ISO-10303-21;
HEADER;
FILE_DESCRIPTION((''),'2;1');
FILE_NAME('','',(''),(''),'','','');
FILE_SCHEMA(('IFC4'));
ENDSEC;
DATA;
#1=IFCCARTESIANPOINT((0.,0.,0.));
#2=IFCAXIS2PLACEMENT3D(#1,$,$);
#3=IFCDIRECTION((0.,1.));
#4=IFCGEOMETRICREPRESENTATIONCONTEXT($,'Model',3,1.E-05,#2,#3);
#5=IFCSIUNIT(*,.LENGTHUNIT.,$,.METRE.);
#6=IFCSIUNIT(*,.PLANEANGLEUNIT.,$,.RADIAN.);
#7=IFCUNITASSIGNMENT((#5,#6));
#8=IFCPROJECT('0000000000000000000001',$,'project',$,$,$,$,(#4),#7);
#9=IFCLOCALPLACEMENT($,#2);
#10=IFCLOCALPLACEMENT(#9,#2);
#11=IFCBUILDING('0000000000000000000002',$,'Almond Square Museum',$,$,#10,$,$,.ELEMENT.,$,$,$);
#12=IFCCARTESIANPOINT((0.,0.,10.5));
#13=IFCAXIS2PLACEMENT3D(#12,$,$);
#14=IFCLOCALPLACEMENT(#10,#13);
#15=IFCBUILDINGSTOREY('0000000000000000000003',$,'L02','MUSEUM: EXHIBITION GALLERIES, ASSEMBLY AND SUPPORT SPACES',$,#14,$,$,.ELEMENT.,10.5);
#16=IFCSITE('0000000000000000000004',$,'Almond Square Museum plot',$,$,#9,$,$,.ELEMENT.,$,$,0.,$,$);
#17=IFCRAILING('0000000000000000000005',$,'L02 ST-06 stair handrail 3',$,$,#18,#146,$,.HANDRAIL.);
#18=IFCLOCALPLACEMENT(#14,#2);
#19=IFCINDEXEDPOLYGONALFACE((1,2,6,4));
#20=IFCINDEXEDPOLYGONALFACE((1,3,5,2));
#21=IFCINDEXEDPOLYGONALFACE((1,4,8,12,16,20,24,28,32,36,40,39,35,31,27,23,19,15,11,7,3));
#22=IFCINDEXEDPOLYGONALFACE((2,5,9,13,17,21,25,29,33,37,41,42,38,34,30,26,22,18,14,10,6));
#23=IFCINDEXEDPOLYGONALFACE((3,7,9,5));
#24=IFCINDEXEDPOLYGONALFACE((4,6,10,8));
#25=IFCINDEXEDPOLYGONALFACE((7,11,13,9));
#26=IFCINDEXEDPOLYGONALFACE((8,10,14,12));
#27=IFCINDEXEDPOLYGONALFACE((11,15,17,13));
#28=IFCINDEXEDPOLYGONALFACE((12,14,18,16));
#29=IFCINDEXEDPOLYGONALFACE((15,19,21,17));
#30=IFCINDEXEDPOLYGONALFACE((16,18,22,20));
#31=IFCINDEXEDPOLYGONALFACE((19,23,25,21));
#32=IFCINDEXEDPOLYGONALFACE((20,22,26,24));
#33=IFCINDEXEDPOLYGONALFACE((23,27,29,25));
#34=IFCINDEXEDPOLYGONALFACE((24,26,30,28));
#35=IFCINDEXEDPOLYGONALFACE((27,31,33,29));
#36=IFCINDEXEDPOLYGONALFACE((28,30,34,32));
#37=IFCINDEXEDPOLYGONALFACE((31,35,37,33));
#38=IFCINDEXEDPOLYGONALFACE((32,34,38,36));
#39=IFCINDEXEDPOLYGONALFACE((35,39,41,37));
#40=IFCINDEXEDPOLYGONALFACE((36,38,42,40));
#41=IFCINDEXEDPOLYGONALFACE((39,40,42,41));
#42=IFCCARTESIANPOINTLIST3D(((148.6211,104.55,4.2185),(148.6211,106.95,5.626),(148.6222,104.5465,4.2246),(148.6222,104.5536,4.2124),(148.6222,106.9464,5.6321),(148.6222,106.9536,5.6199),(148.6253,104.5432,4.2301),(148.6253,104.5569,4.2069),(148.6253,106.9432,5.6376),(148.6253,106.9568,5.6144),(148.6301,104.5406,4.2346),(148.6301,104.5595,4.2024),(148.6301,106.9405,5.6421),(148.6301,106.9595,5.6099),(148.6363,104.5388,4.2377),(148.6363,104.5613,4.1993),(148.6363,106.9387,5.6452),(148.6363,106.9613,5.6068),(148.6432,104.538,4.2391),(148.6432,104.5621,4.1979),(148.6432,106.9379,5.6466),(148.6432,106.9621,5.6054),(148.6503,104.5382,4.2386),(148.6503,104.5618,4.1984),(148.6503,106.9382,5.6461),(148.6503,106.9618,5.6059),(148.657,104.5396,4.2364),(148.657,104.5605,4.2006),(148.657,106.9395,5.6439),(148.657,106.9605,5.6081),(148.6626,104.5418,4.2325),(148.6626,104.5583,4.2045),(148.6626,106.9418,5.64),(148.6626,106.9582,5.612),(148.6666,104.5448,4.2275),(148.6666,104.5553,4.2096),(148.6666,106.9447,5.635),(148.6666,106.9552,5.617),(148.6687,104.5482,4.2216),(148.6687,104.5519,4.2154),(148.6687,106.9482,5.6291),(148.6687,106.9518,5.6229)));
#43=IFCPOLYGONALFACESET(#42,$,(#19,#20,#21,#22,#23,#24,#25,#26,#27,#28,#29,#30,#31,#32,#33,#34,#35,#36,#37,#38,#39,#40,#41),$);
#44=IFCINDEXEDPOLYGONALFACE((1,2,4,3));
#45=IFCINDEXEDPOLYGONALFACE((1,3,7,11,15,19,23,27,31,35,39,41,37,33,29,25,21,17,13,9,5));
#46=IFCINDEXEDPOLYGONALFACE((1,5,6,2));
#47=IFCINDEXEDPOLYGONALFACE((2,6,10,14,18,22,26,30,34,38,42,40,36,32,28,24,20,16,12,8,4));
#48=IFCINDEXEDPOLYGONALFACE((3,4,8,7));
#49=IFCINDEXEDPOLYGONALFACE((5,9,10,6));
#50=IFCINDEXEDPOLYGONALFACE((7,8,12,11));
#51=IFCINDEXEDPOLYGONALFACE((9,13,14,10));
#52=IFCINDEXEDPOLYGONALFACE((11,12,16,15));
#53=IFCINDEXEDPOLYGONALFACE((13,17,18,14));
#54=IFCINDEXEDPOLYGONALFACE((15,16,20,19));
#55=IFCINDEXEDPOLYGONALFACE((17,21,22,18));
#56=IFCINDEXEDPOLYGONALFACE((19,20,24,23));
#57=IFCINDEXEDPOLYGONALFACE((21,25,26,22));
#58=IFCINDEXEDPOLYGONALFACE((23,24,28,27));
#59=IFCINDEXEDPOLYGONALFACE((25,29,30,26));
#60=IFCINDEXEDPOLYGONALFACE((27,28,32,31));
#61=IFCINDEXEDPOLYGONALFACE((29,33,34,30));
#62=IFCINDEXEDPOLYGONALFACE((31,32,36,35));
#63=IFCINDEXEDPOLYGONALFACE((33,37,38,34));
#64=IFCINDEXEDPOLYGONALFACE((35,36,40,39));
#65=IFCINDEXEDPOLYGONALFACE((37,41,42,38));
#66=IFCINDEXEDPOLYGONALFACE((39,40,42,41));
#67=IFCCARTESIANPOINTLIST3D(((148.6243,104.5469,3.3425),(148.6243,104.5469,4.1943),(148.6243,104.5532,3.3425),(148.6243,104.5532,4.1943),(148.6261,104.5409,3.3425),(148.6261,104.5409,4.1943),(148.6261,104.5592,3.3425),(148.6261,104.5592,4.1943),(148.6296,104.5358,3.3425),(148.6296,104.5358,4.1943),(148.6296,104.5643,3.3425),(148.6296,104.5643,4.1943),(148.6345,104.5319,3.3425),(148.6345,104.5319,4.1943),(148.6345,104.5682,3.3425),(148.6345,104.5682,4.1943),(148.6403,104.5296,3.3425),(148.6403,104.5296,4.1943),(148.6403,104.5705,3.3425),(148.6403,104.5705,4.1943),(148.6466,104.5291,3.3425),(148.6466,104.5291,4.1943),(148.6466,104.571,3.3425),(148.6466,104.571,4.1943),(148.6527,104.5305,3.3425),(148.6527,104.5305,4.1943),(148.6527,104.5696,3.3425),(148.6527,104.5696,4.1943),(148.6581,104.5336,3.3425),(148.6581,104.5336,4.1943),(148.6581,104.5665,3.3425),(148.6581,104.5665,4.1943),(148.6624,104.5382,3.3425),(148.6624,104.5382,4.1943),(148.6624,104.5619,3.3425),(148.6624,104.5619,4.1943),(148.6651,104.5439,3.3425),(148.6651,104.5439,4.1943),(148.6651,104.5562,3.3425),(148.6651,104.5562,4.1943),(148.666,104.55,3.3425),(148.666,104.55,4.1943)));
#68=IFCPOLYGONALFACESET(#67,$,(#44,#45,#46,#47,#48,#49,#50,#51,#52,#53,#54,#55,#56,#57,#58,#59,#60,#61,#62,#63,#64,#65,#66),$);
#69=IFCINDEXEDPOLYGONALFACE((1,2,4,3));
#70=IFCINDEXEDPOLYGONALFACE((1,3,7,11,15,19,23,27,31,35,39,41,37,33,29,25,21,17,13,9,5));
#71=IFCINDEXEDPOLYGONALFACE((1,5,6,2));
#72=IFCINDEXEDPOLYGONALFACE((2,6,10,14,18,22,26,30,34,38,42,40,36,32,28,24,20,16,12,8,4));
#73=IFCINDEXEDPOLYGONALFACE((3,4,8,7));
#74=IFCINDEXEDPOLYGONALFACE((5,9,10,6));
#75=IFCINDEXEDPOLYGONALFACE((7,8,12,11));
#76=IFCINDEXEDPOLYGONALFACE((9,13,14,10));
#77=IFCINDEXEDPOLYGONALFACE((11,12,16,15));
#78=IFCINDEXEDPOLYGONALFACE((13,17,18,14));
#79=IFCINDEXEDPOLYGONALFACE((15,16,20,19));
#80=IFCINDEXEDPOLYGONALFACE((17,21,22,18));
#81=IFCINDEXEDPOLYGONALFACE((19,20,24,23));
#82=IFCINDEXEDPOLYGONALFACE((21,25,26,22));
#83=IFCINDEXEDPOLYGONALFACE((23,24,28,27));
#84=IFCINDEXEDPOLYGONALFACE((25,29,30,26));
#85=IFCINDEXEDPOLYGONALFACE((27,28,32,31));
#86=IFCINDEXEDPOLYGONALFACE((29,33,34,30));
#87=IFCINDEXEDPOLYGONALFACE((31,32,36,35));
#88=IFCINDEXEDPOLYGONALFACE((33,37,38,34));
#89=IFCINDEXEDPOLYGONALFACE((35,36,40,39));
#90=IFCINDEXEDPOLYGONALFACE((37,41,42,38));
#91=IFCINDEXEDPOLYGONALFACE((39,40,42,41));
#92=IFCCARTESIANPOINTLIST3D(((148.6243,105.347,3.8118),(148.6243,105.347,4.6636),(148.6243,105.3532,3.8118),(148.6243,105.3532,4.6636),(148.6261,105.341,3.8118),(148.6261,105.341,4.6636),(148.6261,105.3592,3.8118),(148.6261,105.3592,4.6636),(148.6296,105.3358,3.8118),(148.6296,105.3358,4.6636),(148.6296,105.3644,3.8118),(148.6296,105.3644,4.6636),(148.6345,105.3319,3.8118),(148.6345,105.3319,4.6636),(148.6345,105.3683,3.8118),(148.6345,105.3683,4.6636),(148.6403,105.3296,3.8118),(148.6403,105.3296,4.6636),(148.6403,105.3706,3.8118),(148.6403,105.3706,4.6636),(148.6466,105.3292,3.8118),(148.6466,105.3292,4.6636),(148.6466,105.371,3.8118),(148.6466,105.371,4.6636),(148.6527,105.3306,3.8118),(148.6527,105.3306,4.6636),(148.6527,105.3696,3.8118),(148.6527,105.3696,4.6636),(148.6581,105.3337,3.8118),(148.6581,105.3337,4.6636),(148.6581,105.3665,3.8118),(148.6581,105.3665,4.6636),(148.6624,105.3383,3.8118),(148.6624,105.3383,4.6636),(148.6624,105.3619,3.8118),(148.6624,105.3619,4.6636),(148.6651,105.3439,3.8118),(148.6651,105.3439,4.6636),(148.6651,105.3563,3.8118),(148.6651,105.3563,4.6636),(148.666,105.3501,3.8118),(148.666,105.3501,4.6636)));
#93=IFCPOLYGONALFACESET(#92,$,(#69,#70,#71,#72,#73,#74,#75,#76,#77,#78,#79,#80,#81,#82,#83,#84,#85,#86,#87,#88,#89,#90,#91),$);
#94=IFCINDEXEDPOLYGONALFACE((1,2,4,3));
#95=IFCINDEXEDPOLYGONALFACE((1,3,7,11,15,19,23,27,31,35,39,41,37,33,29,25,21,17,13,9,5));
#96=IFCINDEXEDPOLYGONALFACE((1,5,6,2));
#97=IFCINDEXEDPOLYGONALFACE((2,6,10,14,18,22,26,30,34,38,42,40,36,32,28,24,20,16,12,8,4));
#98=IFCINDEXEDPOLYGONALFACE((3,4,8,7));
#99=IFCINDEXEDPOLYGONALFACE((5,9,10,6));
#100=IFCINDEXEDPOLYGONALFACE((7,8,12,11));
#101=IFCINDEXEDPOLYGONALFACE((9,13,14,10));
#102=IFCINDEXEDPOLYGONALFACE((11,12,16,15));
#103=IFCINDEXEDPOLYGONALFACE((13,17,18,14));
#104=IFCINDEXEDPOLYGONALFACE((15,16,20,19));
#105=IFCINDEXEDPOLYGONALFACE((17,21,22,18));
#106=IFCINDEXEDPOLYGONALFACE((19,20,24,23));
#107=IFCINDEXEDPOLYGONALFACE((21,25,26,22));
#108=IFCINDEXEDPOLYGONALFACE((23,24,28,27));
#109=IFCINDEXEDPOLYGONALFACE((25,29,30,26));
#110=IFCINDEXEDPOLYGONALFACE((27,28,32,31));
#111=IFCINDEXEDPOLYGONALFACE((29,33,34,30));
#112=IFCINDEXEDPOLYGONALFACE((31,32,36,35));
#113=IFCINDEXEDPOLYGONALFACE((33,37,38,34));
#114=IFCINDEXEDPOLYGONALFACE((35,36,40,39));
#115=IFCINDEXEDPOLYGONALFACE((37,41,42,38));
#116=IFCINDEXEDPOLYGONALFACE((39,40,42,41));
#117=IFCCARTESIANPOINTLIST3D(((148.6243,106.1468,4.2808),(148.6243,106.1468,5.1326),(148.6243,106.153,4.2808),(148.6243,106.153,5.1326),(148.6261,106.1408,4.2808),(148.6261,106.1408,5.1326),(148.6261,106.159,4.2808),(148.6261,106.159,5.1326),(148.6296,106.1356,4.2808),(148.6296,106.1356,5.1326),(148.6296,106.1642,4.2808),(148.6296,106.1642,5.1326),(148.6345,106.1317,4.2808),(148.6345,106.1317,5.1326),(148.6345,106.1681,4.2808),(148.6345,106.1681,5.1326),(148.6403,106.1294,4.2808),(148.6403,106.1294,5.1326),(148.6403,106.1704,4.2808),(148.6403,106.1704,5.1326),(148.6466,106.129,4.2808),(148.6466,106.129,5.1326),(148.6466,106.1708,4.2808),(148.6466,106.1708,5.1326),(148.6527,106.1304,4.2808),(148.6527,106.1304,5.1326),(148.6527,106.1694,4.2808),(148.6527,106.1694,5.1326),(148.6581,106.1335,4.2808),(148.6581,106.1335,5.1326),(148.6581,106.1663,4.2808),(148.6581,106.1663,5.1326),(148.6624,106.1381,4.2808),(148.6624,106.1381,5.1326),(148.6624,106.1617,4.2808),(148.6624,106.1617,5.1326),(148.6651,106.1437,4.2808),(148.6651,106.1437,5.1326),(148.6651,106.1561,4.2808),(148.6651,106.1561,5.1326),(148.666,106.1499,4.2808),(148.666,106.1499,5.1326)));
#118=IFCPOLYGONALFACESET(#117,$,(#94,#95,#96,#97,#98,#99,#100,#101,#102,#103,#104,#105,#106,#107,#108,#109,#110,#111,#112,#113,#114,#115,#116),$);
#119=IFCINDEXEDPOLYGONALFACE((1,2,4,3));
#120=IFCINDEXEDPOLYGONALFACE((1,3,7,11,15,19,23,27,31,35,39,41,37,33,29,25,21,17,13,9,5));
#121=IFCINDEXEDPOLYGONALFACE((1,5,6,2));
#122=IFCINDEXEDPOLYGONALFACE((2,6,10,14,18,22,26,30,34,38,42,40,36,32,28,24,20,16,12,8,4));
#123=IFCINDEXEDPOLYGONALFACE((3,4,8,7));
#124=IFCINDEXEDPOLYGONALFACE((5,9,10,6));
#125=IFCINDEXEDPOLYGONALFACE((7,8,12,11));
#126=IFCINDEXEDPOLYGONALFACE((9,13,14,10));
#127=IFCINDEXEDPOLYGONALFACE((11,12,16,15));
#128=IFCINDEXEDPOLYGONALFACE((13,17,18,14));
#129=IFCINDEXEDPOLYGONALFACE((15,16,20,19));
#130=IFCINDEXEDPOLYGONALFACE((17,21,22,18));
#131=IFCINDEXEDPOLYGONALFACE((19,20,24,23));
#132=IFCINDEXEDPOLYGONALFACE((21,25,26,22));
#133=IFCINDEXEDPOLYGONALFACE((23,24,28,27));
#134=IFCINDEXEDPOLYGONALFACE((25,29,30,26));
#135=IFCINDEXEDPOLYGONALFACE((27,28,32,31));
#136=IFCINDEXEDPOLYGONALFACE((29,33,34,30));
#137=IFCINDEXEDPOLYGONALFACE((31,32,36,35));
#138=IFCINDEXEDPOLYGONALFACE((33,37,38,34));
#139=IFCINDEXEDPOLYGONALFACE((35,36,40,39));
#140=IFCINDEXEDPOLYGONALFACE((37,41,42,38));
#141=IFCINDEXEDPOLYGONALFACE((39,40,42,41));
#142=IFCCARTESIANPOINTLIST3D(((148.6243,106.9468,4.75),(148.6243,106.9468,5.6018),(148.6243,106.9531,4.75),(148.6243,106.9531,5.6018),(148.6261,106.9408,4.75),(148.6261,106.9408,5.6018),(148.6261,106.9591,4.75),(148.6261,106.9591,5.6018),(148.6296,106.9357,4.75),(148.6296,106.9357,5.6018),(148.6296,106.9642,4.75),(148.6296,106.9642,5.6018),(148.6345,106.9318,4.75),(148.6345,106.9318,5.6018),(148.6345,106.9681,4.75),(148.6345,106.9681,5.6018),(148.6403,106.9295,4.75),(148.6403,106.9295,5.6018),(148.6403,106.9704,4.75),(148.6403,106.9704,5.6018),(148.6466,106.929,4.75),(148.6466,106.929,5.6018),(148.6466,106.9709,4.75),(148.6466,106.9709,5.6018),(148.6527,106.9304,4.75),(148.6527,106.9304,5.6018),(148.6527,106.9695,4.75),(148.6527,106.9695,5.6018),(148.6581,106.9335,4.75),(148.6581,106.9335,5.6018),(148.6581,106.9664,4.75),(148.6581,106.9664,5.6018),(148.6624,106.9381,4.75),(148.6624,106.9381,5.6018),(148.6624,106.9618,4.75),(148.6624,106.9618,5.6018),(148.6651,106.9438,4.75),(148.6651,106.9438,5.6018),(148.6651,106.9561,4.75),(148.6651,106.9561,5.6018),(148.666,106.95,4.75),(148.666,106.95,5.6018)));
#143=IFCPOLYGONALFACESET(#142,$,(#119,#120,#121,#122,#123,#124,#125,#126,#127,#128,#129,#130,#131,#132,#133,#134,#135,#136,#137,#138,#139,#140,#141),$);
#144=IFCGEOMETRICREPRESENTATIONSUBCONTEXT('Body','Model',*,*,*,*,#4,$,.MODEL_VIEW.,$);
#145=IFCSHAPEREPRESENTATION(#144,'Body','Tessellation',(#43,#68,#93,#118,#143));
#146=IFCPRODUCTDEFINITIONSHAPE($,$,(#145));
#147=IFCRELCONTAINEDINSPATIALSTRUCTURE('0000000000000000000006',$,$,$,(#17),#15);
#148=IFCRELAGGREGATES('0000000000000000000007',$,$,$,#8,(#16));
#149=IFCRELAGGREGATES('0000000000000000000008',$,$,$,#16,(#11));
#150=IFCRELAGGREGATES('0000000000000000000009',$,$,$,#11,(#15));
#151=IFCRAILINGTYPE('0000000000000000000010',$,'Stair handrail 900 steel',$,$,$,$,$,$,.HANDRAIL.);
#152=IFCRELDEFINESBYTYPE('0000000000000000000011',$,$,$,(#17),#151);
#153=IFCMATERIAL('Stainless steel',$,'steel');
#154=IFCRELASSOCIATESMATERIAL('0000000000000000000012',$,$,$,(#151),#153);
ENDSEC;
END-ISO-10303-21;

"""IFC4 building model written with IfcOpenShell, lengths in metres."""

from ifc_helpers import new_model, si_unit, direction, frame, origin, origin_2d, place, context, subcontext, project, spatial, circle, extrude, material, type_object, element, save


model = new_model("IFC4")

# Units and contexts
model_context = context("Model", 3, precision=1e-05, world=origin(), true_north=direction((0.0, 1.0)))
body_context = subcontext(model_context, "Body", "Model", "MODEL_VIEW")
ifc_project = project(units=[si_unit("LENGTHUNIT", "METRE"), si_unit("PLANEANGLEUNIT", "RADIAN")], contexts=[model_context])

# Site, building, storey
site_placement = place(None, origin())
site = spatial("IfcSite", under=ifc_project, at=site_placement, Name="Almond Square Museum plot", CompositionType="ELEMENT", RefElevation=0.0)
building_placement = place(site_placement, origin())
building = spatial("IfcBuilding", under=site, at=building_placement, Name="Almond Square Museum", CompositionType="ELEMENT")
storey_placement = place(building_placement, frame((0.0, 0.0, 10.5)))
storey = spatial("IfcBuildingStorey", under=building, at=storey_placement, Name="L02", Description="MUSEUM: EXHIBITION GALLERIES, ASSEMBLY AND SUPPORT SPACES", CompositionType="ELEMENT", Elevation=10.5)

# Railing
ifc_material_1 = material(Name="Stainless steel", Category="steel")
railing_type_1 = type_object("IfcRailingType", Name="Stair handrail 900 steel", PredefinedType="HANDRAIL", material=ifc_material_1)
for number, where, name in (
    (1, (148.645, 104.55, 3.3425), "L02 ST-06 stair handrail 3"),
):
    element("IfcRailing", number, at=place(storey_placement, frame(where)), inside=storey, type_object=railing_type_1, Name=name, PredefinedType="HANDRAIL", context=body_context, shape_type="SweptSolid", body=[
        extrude(circle(Radius=0.0239, at=origin_2d()), frame((0.0, 0.0, 0.876), z_axis=(0.0, 0.862599, 0.505888), x_axis=(-1.0, 0.0, 0.0)), (0.0, 0.0, 1.0), 2.7822),
        extrude(circle(Radius=0.021, at=origin_2d()), origin(), (0.0, 0.0, 1.0), 0.8518),
        extrude(circle(Radius=0.021, at=origin_2d()), frame((0.0, 0.8, 0.4692)), (0.0, 0.0, 1.0), 0.8518),
        extrude(circle(Radius=0.021, at=origin_2d()), frame((0.0, 1.5999, 0.9382)), (0.0, 0.0, 1.0), 0.8518),
        extrude(circle(Radius=0.021, at=origin_2d()), frame((0.0, 2.3999, 1.4075)), (0.0, 0.0, 1.0), 0.8518),
    ])

save(model, "model.ifc")
